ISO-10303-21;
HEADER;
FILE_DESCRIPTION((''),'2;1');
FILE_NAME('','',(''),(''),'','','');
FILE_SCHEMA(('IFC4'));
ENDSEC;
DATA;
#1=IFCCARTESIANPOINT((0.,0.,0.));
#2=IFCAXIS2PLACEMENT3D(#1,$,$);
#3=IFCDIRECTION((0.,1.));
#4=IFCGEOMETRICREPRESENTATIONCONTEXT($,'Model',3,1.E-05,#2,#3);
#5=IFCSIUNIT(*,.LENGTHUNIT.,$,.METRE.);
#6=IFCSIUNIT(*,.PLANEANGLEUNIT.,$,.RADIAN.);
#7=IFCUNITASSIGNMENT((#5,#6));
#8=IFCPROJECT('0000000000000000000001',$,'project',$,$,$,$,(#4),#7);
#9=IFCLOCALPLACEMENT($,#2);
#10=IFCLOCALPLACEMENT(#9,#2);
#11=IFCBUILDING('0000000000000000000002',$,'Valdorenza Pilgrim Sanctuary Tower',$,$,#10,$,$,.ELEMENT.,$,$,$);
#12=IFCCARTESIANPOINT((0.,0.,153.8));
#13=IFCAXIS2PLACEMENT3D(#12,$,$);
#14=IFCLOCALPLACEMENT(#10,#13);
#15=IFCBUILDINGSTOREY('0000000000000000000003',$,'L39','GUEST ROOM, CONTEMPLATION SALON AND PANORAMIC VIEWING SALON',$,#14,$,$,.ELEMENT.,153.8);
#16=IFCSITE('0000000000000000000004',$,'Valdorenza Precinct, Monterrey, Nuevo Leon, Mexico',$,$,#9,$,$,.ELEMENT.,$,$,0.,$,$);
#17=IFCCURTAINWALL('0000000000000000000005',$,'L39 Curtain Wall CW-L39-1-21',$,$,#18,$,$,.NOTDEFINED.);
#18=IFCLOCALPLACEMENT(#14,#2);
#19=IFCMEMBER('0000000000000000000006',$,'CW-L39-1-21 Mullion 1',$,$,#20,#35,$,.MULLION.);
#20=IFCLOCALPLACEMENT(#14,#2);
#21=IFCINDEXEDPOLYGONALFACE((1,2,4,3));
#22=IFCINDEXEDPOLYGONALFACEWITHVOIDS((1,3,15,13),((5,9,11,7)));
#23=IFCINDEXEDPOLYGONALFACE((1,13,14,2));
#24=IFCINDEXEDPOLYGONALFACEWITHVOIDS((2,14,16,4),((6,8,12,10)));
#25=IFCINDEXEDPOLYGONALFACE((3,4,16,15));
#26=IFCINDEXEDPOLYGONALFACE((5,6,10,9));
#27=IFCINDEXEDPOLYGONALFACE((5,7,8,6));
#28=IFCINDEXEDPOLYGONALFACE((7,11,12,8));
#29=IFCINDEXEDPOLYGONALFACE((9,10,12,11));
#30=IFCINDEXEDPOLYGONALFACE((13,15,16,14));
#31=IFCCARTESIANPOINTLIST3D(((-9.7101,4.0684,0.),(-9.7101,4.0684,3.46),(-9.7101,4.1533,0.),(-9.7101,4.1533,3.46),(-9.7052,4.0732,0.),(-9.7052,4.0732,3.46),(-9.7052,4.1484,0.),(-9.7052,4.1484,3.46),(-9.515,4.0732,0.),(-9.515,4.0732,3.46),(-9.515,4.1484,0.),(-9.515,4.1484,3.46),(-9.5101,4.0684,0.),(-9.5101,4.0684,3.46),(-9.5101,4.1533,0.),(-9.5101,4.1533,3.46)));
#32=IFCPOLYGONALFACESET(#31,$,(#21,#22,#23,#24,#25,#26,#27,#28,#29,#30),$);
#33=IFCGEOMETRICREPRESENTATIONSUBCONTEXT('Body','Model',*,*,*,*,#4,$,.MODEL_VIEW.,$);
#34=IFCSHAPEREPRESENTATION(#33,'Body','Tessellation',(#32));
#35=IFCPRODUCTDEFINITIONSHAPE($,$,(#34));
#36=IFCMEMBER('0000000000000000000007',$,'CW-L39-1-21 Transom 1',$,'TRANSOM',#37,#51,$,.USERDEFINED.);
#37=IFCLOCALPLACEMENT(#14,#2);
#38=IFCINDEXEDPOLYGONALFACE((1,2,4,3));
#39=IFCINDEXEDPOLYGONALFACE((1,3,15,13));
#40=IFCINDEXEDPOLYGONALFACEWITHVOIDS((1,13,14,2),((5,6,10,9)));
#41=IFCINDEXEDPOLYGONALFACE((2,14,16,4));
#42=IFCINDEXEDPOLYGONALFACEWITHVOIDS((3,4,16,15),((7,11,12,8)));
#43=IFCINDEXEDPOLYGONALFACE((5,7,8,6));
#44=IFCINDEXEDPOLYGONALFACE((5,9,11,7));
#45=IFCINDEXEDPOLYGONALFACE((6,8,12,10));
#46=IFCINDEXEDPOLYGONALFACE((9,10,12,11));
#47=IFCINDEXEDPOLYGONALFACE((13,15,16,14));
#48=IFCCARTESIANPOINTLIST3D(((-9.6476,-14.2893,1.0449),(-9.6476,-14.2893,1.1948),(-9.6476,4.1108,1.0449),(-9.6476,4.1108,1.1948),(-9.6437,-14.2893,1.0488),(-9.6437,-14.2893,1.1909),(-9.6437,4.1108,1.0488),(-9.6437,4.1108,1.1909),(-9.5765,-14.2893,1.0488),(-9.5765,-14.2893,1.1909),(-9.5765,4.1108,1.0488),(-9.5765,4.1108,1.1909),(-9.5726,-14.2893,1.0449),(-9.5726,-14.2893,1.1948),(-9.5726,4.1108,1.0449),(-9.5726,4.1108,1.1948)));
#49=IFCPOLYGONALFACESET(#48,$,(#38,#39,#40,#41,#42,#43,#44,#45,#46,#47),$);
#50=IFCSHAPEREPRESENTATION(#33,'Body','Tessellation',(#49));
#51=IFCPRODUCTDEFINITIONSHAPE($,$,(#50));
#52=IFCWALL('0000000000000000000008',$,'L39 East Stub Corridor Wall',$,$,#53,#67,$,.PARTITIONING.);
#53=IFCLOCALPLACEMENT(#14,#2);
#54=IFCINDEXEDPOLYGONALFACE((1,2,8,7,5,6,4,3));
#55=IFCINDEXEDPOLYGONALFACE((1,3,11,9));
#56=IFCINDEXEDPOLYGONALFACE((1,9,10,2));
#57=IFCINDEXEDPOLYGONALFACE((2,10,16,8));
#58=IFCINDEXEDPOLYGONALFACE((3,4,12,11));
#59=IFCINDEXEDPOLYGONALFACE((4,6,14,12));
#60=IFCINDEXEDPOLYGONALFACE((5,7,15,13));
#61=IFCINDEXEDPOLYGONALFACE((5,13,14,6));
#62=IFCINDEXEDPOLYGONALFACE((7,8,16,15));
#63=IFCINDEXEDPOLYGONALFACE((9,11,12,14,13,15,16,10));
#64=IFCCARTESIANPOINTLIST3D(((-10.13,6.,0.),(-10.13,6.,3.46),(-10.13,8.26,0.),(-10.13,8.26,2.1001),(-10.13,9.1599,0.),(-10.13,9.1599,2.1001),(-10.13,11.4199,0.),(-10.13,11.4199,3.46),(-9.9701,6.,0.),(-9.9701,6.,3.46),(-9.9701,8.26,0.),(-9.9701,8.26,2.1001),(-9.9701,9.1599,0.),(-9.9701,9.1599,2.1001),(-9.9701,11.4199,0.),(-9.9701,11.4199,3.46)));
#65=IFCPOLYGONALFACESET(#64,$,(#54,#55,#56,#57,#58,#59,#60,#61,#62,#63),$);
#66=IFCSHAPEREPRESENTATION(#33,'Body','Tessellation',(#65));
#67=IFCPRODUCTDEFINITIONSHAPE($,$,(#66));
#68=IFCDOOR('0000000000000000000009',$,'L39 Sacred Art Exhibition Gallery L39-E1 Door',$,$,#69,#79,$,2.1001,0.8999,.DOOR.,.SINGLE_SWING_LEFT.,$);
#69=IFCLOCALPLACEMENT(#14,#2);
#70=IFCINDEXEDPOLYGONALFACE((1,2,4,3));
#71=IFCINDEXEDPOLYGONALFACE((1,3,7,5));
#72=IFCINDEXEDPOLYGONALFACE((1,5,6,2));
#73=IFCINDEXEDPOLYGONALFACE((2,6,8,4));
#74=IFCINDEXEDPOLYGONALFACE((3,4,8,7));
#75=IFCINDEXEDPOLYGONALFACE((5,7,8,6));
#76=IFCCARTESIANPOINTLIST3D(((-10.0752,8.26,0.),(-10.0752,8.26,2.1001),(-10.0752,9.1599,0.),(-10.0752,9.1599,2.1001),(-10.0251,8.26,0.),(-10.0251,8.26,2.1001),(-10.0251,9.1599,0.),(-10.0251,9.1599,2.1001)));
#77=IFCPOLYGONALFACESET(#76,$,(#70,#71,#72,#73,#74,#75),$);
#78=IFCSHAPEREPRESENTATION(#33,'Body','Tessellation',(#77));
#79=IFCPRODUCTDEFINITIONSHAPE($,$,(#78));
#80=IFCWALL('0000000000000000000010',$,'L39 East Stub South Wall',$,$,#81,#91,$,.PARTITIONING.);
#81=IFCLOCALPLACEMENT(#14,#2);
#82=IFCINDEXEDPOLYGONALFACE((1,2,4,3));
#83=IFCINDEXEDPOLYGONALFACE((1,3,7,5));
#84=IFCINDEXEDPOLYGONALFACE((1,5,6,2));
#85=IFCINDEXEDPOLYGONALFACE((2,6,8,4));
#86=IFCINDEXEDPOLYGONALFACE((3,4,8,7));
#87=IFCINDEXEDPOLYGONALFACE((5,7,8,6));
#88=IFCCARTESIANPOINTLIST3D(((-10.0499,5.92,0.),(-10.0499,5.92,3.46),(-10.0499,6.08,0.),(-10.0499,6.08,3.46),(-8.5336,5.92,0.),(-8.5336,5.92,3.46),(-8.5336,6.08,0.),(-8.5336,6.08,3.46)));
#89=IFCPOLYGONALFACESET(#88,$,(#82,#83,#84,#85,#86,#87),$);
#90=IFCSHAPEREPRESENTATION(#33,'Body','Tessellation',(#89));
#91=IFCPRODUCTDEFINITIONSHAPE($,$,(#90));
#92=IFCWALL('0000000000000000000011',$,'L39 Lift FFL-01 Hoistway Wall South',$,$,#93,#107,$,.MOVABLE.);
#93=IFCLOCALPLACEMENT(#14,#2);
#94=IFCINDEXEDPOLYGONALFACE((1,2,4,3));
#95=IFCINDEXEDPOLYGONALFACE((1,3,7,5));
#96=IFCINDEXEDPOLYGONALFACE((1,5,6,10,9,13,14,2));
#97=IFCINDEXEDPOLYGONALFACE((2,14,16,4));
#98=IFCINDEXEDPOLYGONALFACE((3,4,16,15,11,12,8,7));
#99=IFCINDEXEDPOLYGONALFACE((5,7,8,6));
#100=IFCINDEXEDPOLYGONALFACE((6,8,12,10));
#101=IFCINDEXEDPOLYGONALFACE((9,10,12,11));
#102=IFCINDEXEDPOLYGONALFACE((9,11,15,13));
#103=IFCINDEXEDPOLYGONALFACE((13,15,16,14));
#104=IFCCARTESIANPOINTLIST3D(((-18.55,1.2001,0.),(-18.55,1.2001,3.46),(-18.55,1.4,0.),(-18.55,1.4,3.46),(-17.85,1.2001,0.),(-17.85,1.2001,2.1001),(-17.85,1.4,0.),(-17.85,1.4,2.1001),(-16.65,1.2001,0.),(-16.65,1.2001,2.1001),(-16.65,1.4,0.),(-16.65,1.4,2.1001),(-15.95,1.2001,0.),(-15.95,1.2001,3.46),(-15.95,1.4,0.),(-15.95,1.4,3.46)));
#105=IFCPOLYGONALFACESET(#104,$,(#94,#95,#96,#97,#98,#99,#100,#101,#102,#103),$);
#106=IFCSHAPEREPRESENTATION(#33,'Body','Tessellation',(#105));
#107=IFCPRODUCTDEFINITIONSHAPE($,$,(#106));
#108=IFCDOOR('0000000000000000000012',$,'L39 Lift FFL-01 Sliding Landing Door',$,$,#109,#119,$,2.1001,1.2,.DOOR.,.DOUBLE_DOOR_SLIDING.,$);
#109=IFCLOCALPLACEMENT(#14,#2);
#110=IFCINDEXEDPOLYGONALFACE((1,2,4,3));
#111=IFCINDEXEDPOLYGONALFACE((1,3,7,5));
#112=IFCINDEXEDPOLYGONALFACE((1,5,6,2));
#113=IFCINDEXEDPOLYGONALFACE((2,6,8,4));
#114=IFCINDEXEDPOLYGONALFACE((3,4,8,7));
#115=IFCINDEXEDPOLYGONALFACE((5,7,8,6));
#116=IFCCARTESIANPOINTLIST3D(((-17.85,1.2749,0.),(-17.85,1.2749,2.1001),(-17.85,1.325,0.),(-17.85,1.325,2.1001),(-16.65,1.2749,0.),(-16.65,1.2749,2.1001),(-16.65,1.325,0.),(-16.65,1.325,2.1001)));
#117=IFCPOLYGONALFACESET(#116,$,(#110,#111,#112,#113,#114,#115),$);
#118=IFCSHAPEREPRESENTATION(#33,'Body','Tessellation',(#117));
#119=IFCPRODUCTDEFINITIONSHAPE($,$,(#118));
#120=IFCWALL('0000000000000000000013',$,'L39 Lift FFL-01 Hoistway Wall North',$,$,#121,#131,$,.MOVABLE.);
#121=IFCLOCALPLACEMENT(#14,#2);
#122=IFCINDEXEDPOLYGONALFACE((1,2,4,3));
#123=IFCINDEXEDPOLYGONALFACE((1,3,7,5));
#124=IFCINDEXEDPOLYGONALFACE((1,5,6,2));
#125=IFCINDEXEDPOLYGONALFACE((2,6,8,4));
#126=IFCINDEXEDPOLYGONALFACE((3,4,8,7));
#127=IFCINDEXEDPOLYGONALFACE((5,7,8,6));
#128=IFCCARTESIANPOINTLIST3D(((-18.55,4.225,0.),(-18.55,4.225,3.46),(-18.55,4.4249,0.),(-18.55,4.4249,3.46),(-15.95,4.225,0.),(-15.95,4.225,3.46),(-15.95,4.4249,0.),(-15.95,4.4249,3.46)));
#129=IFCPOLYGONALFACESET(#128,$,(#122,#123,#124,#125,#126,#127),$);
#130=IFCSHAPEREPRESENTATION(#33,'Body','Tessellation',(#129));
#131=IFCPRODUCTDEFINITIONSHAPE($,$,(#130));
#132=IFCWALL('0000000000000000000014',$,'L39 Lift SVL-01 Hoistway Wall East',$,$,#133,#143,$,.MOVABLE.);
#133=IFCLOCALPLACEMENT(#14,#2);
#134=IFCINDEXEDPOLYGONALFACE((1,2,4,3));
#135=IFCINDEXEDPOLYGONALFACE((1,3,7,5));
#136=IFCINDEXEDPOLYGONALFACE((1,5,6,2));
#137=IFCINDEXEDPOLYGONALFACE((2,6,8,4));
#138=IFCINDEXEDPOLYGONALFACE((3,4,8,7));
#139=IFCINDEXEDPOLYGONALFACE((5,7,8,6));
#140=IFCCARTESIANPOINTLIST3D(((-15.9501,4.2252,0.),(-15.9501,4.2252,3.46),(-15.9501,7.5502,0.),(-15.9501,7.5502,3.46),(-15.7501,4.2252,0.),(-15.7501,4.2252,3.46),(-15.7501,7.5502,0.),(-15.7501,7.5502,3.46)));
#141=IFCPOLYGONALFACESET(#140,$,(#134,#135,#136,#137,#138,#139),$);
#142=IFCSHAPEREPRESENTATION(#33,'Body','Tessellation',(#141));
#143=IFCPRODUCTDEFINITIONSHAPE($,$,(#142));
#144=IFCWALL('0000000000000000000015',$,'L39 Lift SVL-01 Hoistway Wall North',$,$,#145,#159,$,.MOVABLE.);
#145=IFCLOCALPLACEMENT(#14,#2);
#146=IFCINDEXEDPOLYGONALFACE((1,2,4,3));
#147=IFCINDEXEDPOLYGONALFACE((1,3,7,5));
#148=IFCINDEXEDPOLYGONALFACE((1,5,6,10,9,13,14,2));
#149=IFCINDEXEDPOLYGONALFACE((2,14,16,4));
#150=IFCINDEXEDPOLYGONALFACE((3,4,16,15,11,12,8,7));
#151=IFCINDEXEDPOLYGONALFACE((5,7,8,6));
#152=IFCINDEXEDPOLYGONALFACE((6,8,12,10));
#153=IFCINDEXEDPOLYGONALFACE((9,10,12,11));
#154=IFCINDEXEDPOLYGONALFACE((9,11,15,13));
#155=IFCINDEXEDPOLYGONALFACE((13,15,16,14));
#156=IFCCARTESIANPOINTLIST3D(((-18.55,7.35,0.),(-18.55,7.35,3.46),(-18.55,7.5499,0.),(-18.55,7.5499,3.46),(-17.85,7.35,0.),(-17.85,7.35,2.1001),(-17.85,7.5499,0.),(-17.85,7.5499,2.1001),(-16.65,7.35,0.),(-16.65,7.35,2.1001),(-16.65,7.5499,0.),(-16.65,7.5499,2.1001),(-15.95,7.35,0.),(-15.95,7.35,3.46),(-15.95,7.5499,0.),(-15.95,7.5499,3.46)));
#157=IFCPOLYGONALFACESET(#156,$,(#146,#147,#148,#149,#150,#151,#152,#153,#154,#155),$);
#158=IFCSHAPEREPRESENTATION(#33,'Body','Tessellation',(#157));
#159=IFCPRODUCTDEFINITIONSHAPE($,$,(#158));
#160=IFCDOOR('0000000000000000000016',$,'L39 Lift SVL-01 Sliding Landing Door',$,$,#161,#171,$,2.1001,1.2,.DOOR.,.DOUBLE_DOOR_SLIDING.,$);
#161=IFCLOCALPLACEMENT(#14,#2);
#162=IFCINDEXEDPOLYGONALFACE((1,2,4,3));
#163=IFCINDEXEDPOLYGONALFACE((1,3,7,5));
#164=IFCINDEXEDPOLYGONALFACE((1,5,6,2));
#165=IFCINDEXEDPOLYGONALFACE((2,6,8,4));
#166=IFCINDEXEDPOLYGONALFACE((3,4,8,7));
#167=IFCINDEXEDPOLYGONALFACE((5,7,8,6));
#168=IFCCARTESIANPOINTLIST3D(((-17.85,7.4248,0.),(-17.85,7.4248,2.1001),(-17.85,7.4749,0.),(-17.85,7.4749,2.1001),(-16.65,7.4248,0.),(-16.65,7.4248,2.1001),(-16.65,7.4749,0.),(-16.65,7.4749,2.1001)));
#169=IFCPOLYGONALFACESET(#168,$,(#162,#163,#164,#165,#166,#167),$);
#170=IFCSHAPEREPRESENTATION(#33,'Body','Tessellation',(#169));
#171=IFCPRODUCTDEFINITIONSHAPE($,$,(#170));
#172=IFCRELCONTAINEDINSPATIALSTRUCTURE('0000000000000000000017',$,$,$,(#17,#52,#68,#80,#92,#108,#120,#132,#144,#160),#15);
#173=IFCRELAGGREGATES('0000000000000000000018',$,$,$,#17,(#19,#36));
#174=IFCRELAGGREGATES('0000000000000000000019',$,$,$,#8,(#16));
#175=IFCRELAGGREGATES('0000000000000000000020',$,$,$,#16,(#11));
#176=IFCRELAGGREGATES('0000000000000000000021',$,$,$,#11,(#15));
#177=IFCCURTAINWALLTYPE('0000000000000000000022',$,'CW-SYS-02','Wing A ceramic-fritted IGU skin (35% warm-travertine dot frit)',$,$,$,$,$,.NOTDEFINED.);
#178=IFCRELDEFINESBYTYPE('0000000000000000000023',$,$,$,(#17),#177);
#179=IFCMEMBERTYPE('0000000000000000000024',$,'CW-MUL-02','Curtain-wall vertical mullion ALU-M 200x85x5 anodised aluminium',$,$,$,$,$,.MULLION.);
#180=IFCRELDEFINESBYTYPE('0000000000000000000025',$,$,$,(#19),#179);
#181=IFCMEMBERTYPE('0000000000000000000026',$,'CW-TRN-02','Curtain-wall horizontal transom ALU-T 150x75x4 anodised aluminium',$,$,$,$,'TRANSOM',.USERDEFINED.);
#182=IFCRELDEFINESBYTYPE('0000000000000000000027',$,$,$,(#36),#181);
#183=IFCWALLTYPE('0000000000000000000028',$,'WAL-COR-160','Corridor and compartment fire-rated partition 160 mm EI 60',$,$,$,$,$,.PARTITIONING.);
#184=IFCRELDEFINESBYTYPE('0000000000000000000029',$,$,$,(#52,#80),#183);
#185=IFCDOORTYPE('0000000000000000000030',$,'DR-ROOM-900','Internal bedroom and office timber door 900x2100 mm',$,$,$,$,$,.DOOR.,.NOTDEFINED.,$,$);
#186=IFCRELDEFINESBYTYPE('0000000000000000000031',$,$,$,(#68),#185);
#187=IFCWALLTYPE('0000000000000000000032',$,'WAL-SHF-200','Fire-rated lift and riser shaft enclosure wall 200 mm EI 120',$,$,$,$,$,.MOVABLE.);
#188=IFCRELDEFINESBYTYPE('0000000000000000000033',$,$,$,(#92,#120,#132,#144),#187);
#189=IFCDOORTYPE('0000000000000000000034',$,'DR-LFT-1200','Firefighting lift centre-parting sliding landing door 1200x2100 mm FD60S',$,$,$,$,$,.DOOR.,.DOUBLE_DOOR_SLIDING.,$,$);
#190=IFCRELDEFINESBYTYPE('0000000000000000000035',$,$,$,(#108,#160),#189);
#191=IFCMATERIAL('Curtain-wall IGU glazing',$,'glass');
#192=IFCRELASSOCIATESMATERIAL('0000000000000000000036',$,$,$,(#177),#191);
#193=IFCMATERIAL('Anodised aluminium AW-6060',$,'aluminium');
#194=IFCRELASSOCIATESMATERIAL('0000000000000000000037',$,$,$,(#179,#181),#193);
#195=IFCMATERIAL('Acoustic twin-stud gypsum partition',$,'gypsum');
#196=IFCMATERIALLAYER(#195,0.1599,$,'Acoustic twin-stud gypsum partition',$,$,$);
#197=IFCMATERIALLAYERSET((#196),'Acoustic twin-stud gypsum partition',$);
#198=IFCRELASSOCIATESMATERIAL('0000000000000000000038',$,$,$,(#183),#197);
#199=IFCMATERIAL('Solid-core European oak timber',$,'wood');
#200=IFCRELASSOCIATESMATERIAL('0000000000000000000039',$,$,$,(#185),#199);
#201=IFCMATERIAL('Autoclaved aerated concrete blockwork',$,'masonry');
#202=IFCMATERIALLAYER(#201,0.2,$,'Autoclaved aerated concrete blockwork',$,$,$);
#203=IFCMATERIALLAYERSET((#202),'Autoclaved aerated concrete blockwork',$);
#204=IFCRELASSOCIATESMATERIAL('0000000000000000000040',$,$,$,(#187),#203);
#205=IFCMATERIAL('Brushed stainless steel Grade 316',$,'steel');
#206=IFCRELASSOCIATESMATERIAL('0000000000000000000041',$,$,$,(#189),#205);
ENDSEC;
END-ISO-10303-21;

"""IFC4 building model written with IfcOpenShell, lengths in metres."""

from ifc_helpers import new_model, si_unit, direction, frame, frame_2d, origin, origin_2d, place, context, subcontext, project, spatial, rectangle, hollow_rectangle, extrude, source, transform, mapped, material, layer, layer_set, material_profile, profile_set, type_object, element, fill, aggregate, save


model = new_model("IFC4")

# Units and contexts
model_context = context("Model", 3, precision=1e-05, world=origin(), true_north=direction((0.0, 1.0)))
body_context = subcontext(model_context, "Body", "Model", "MODEL_VIEW")
ifc_project = project(units=[si_unit("LENGTHUNIT", "METRE"), si_unit("PLANEANGLEUNIT", "RADIAN")], contexts=[model_context])

# Site, building, storey
site_placement = place(None, origin())
site = spatial("IfcSite", under=ifc_project, at=site_placement, Name="Valdorenza Precinct, Monterrey, Nuevo Leon, Mexico", CompositionType="ELEMENT", RefElevation=0.0)
building_placement = place(site_placement, origin())
building = spatial("IfcBuilding", under=site, at=building_placement, Name="Valdorenza Pilgrim Sanctuary Tower", CompositionType="ELEMENT")
storey_placement = place(building_placement, frame((0.0, 0.0, 153.8)))
storey = spatial("IfcBuildingStorey", under=building, at=storey_placement, Name="L39", Description="GUEST ROOM, CONTEMPLATION SALON AND PANORAMIC VIEWING SALON", CompositionType="ELEMENT", Elevation=153.8)

# Curtain wall, members
ifc_material_1 = material(Name="Curtain-wall IGU glazing", Category="glass")
curtain_wall_type = type_object("IfcCurtainWallType", Name="CW-SYS-02", Description="Wing A ceramic-fritted IGU skin (35% warm-travertine dot frit)", PredefinedType="NOTDEFINED", material=ifc_material_1)
curtain_wall_placement = place(storey_placement, origin())
curtain_wall = element("IfcCurtainWall", 1, at=curtain_wall_placement, inside=storey, type_object=curtain_wall_type, Name="L39 Curtain Wall CW-L39-1-21", PredefinedType="NOTDEFINED")
ifc_material_2 = material(Name="Anodised aluminium AW-6060", Category="aluminium")
ifc_material_profile_1 = material_profile(ifc_material_2, hollow_rectangle(XDim=0.085, YDim=0.2, WallThickness=0.0049, at=origin_2d()), Name="ALU-M 200x85x5")
ifc_profile_set_1 = profile_set([ifc_material_profile_1], Name="Anodised aluminium AW-6060")
member_type_1 = type_object("IfcMemberType", Name="CW-MUL-02", Description="Curtain-wall vertical mullion ALU-M 200x85x5 anodised aluminium", PredefinedType="MULLION", material=ifc_profile_set_1)
shared_shape_1 = source(origin(), body_context, "Body", "SweptSolid", [
    extrude(hollow_rectangle(XDim=0.085, YDim=0.2, WallThickness=0.0049, at=origin_2d()), origin(), (0.0, 0.0, 1.0), 3.46),
])
member_1_placement = place(storey_placement, frame((-9.6101, 4.1108, 0.0), z_axis=(0.0, 0.0, 1.0), x_axis=(0.0, -1.0, 0.0)))
member_1 = element("IfcMember", 2, at=member_1_placement, type_object=member_type_1, Name="CW-L39-1-21 Mullion 1", PredefinedType="MULLION", context=body_context, shape_type="MappedRepresentation", body=[
    mapped(shared_shape_1, transform((0.0, 0.0, 0.0), x_axis=(1.0, 0.0, 0.0), y_axis=(0.0, 1.0, 0.0), z_axis=(0.0, 0.0, 1.0), scale=1.0)),
])
ifc_material_profile_2 = material_profile(ifc_material_2, hollow_rectangle(XDim=0.075, YDim=0.1499, WallThickness=0.0039, at=origin_2d()), Name="ALU-T 150x75x4")
ifc_profile_set_2 = profile_set([ifc_material_profile_2], Name="Anodised aluminium AW-6060")
member_type_2 = type_object("IfcMemberType", Name="CW-TRN-02", Description="Curtain-wall horizontal transom ALU-T 150x75x4 anodised aluminium", ElementType="TRANSOM", PredefinedType="USERDEFINED", material=ifc_profile_set_2)
shared_shape_2 = source(origin(), body_context, "Body", "SweptSolid", [
    extrude(hollow_rectangle(XDim=0.075, YDim=0.1499, WallThickness=0.0039, at=origin_2d()), origin(), (0.0, 0.0, 1.0), 18.4001),
])
member_2_placement = place(storey_placement, frame((-9.6101, 4.1108, 1.1199), z_axis=(0.0, -1.0, 0.0), x_axis=(1.0, 0.0, 0.0)))
member_2 = element("IfcMember", 3, at=member_2_placement, type_object=member_type_2, Name="CW-L39-1-21 Transom 1", ObjectType="TRANSOM", PredefinedType="USERDEFINED", context=body_context, shape_type="MappedRepresentation", body=[
    mapped(shared_shape_2, transform((0.0, 0.0, 0.0), x_axis=(1.0, 0.0, 0.0), y_axis=(0.0, 1.0, 0.0), z_axis=(0.0, 0.0, 1.0), scale=1.0)),
])
aggregate(curtain_wall, [member_1, member_2])

# Wall, opening, door
ifc_material_3 = material(Name="Acoustic twin-stud gypsum partition", Category="gypsum")
ifc_layer_1 = layer(ifc_material_3, 0.1599, Name="Acoustic twin-stud gypsum partition")
ifc_layer_set_1 = layer_set([ifc_layer_1], Name="Acoustic twin-stud gypsum partition")
wall_type_1 = type_object("IfcWallType", Name="WAL-COR-160", Description="Corridor and compartment fire-rated partition 160 mm EI 60", PredefinedType="PARTITIONING", material=ifc_layer_set_1)
wall_1_placement = place(storey_placement, frame((-10.05, 6.0, 0.0), z_axis=(0.0, 0.0, 1.0), x_axis=(0.0, 1.0, 0.0)))
wall_1 = element("IfcWall", 4, at=wall_1_placement, inside=storey, type_object=wall_type_1, Name="L39 East Stub Corridor Wall", PredefinedType="PARTITIONING", context=body_context, shape_type="SweptSolid", body=[
    extrude(rectangle(XDim=5.4199, YDim=0.1599, at=frame_2d((2.71, 0.0))), origin(), (0.0, 0.0, 1.0), 3.46),
])
opening_1_placement = place(wall_1_placement, frame((2.26, 0.0, 0.0)))
opening_1 = element("IfcOpeningElement", 5, at=opening_1_placement, cuts=wall_1, PredefinedType="OPENING", context=body_context, shape_type="SweptSolid", body=[
    extrude(rectangle(XDim=0.8999, YDim=2.1001, at=frame_2d((0.45, 1.05))), frame((0.0, 0.0947, 0.0), z_axis=(0.0, -1.0, 0.0), x_axis=(1.0, 0.0, 0.0)), (0.0, 0.0, 1.0), 0.1897),
])
ifc_material_4 = material(Name="Solid-core European oak timber", Category="wood")
door_type_1 = type_object("IfcDoorType", Name="DR-ROOM-900", Description="Internal bedroom and office timber door 900x2100 mm", OperationType="NOTDEFINED", PredefinedType="DOOR", material=ifc_material_4)
door_1_placement = place(opening_1_placement, frame((0.8999, 0.0, 0.0), z_axis=(0.0, 0.0, 1.0), x_axis=(-1.0, 0.0, 0.0)))
door_1 = element("IfcDoor", 6, at=door_1_placement, inside=storey, type_object=door_type_1, Name="L39 Sacred Art Exhibition Gallery L39-E1 Door", OperationType="SINGLE_SWING_LEFT", OverallHeight=2.1001, OverallWidth=0.8999, PredefinedType="DOOR", context=body_context, shape_type="SweptSolid", body=[
    extrude(rectangle(XDim=0.8999, YDim=2.1001, at=frame_2d((0.45, 1.05))), frame((0.0, 0.0249, 0.0), z_axis=(0.0, -1.0, 0.0), x_axis=(1.0, 0.0, 0.0)), (0.0, 0.0, 1.0), 0.05),
])
fill(opening_1, door_1)

# Wall
wall_2_placement = place(storey_placement, frame((-10.05, 6.0, 0.0), z_axis=(0.0, 0.0, 1.0), x_axis=(1.0, 0.0, 0.0)))
element("IfcWall", 7, at=wall_2_placement, inside=storey, type_object=wall_type_1, Name="L39 East Stub South Wall", PredefinedType="PARTITIONING", context=body_context, shape_type="SweptSolid", body=[
    extrude(rectangle(XDim=1.5164, YDim=0.1599, at=frame_2d((0.7583, 0.0))), origin(), (0.0, 0.0, 1.0), 3.46),
])

# Wall, opening, door
ifc_material_5 = material(Name="Autoclaved aerated concrete blockwork", Category="masonry")
ifc_layer_2 = layer(ifc_material_5, 0.2, Name="Autoclaved aerated concrete blockwork")
ifc_layer_set_2 = layer_set([ifc_layer_2], Name="Autoclaved aerated concrete blockwork")
wall_type_2 = type_object("IfcWallType", Name="WAL-SHF-200", Description="Fire-rated lift and riser shaft enclosure wall 200 mm EI 120", PredefinedType="MOVABLE", material=ifc_layer_set_2)
wall_3_placement = place(storey_placement, frame((-18.55, 1.3, 0.0), z_axis=(0.0, 0.0, 1.0), x_axis=(1.0, 0.0, 0.0)))
wall_3 = element("IfcWall", 8, at=wall_3_placement, inside=storey, type_object=wall_type_2, Name="L39 Lift FFL-01 Hoistway Wall South", PredefinedType="MOVABLE", context=body_context, shape_type="SweptSolid", body=[
    extrude(rectangle(XDim=2.6001, YDim=0.2, at=frame_2d((1.3, 0.0))), origin(), (0.0, 0.0, 1.0), 3.46),
])
opening_2_placement = place(wall_3_placement, frame((0.7, 0.0, 0.0)))
opening_2 = element("IfcOpeningElement", 9, at=opening_2_placement, cuts=wall_3, PredefinedType="OPENING", context=body_context, shape_type="SweptSolid", body=[
    extrude(rectangle(XDim=1.2, YDim=2.1001, at=frame_2d((0.6001, 1.05))), frame((0.0, 0.1147, 0.0), z_axis=(0.0, -1.0, 0.0), x_axis=(1.0, 0.0, 0.0)), (0.0, 0.0, 1.0), 0.2297),
])
ifc_material_6 = material(Name="Brushed stainless steel Grade 316", Category="steel")
door_type_2 = type_object("IfcDoorType", Name="DR-LFT-1200", Description="Firefighting lift centre-parting sliding landing door 1200x2100 mm FD60S", OperationType="DOUBLE_DOOR_SLIDING", PredefinedType="DOOR", material=ifc_material_6)
door_2_placement = place(opening_2_placement, origin())
door_2 = element("IfcDoor", 10, at=door_2_placement, inside=storey, type_object=door_type_2, Name="L39 Lift FFL-01 Sliding Landing Door", OperationType="DOUBLE_DOOR_SLIDING", OverallHeight=2.1001, OverallWidth=1.2, PredefinedType="DOOR", context=body_context, shape_type="SweptSolid", body=[
    extrude(rectangle(XDim=1.2, YDim=2.1001, at=frame_2d((0.6001, 1.05))), frame((0.0, 0.0249, 0.0), z_axis=(0.0, -1.0, 0.0), x_axis=(1.0, 0.0, 0.0)), (0.0, 0.0, 1.0), 0.05),
])
fill(opening_2, door_2)

# Walls
wall_4_placement = place(storey_placement, frame((-18.55, 4.325, 0.0), z_axis=(0.0, 0.0, 1.0), x_axis=(1.0, 0.0, 0.0)))
element("IfcWall", 11, at=wall_4_placement, inside=storey, type_object=wall_type_2, Name="L39 Lift FFL-01 Hoistway Wall North", PredefinedType="MOVABLE", context=body_context, shape_type="SweptSolid", body=[
    extrude(rectangle(XDim=2.6001, YDim=0.2, at=frame_2d((1.3, 0.0))), origin(), (0.0, 0.0, 1.0), 3.46),
])
wall_5_placement = place(storey_placement, frame((-15.8501, 4.2251, 0.0), z_axis=(0.0, 0.0, 1.0), x_axis=(0.0, 1.0, 0.0)))
element("IfcWall", 12, at=wall_5_placement, inside=storey, type_object=wall_type_2, Name="L39 Lift SVL-01 Hoistway Wall East", PredefinedType="MOVABLE", context=body_context, shape_type="SweptSolid", body=[
    extrude(rectangle(XDim=3.325, YDim=0.2, at=frame_2d((1.6626, 0.0))), origin(), (0.0, 0.0, 1.0), 3.46),
])

# Wall, opening, door
wall_6_placement = place(storey_placement, frame((-18.55, 7.45, 0.0), z_axis=(0.0, 0.0, 1.0), x_axis=(1.0, 0.0, 0.0)))
wall_6 = element("IfcWall", 13, at=wall_6_placement, inside=storey, type_object=wall_type_2, Name="L39 Lift SVL-01 Hoistway Wall North", PredefinedType="MOVABLE", context=body_context, shape_type="SweptSolid", body=[
    extrude(rectangle(XDim=2.6001, YDim=0.2, at=frame_2d((1.3, 0.0))), origin(), (0.0, 0.0, 1.0), 3.46),
])
opening_3_placement = place(wall_6_placement, frame((0.7, 0.0, 0.0)))
opening_3 = element("IfcOpeningElement", 14, at=opening_3_placement, cuts=wall_6, PredefinedType="OPENING", context=body_context, shape_type="SweptSolid", body=[
    extrude(rectangle(XDim=1.2, YDim=2.1001, at=frame_2d((0.6001, 1.05))), frame((0.0, 0.1147, 0.0), z_axis=(0.0, -1.0, 0.0), x_axis=(1.0, 0.0, 0.0)), (0.0, 0.0, 1.0), 0.2297),
])
door_3_placement = place(opening_3_placement, origin())
door_3 = element("IfcDoor", 15, at=door_3_placement, inside=storey, type_object=door_type_2, Name="L39 Lift SVL-01 Sliding Landing Door", OperationType="DOUBLE_DOOR_SLIDING", OverallHeight=2.1001, OverallWidth=1.2, PredefinedType="DOOR", context=body_context, shape_type="SweptSolid", body=[
    extrude(rectangle(XDim=1.2, YDim=2.1001, at=frame_2d((0.6001, 1.05))), frame((0.0, 0.0249, 0.0), z_axis=(0.0, -1.0, 0.0), x_axis=(1.0, 0.0, 0.0)), (0.0, 0.0, 1.0), 0.05),
])
fill(opening_3, door_3)

save(model, "model.ifc")
